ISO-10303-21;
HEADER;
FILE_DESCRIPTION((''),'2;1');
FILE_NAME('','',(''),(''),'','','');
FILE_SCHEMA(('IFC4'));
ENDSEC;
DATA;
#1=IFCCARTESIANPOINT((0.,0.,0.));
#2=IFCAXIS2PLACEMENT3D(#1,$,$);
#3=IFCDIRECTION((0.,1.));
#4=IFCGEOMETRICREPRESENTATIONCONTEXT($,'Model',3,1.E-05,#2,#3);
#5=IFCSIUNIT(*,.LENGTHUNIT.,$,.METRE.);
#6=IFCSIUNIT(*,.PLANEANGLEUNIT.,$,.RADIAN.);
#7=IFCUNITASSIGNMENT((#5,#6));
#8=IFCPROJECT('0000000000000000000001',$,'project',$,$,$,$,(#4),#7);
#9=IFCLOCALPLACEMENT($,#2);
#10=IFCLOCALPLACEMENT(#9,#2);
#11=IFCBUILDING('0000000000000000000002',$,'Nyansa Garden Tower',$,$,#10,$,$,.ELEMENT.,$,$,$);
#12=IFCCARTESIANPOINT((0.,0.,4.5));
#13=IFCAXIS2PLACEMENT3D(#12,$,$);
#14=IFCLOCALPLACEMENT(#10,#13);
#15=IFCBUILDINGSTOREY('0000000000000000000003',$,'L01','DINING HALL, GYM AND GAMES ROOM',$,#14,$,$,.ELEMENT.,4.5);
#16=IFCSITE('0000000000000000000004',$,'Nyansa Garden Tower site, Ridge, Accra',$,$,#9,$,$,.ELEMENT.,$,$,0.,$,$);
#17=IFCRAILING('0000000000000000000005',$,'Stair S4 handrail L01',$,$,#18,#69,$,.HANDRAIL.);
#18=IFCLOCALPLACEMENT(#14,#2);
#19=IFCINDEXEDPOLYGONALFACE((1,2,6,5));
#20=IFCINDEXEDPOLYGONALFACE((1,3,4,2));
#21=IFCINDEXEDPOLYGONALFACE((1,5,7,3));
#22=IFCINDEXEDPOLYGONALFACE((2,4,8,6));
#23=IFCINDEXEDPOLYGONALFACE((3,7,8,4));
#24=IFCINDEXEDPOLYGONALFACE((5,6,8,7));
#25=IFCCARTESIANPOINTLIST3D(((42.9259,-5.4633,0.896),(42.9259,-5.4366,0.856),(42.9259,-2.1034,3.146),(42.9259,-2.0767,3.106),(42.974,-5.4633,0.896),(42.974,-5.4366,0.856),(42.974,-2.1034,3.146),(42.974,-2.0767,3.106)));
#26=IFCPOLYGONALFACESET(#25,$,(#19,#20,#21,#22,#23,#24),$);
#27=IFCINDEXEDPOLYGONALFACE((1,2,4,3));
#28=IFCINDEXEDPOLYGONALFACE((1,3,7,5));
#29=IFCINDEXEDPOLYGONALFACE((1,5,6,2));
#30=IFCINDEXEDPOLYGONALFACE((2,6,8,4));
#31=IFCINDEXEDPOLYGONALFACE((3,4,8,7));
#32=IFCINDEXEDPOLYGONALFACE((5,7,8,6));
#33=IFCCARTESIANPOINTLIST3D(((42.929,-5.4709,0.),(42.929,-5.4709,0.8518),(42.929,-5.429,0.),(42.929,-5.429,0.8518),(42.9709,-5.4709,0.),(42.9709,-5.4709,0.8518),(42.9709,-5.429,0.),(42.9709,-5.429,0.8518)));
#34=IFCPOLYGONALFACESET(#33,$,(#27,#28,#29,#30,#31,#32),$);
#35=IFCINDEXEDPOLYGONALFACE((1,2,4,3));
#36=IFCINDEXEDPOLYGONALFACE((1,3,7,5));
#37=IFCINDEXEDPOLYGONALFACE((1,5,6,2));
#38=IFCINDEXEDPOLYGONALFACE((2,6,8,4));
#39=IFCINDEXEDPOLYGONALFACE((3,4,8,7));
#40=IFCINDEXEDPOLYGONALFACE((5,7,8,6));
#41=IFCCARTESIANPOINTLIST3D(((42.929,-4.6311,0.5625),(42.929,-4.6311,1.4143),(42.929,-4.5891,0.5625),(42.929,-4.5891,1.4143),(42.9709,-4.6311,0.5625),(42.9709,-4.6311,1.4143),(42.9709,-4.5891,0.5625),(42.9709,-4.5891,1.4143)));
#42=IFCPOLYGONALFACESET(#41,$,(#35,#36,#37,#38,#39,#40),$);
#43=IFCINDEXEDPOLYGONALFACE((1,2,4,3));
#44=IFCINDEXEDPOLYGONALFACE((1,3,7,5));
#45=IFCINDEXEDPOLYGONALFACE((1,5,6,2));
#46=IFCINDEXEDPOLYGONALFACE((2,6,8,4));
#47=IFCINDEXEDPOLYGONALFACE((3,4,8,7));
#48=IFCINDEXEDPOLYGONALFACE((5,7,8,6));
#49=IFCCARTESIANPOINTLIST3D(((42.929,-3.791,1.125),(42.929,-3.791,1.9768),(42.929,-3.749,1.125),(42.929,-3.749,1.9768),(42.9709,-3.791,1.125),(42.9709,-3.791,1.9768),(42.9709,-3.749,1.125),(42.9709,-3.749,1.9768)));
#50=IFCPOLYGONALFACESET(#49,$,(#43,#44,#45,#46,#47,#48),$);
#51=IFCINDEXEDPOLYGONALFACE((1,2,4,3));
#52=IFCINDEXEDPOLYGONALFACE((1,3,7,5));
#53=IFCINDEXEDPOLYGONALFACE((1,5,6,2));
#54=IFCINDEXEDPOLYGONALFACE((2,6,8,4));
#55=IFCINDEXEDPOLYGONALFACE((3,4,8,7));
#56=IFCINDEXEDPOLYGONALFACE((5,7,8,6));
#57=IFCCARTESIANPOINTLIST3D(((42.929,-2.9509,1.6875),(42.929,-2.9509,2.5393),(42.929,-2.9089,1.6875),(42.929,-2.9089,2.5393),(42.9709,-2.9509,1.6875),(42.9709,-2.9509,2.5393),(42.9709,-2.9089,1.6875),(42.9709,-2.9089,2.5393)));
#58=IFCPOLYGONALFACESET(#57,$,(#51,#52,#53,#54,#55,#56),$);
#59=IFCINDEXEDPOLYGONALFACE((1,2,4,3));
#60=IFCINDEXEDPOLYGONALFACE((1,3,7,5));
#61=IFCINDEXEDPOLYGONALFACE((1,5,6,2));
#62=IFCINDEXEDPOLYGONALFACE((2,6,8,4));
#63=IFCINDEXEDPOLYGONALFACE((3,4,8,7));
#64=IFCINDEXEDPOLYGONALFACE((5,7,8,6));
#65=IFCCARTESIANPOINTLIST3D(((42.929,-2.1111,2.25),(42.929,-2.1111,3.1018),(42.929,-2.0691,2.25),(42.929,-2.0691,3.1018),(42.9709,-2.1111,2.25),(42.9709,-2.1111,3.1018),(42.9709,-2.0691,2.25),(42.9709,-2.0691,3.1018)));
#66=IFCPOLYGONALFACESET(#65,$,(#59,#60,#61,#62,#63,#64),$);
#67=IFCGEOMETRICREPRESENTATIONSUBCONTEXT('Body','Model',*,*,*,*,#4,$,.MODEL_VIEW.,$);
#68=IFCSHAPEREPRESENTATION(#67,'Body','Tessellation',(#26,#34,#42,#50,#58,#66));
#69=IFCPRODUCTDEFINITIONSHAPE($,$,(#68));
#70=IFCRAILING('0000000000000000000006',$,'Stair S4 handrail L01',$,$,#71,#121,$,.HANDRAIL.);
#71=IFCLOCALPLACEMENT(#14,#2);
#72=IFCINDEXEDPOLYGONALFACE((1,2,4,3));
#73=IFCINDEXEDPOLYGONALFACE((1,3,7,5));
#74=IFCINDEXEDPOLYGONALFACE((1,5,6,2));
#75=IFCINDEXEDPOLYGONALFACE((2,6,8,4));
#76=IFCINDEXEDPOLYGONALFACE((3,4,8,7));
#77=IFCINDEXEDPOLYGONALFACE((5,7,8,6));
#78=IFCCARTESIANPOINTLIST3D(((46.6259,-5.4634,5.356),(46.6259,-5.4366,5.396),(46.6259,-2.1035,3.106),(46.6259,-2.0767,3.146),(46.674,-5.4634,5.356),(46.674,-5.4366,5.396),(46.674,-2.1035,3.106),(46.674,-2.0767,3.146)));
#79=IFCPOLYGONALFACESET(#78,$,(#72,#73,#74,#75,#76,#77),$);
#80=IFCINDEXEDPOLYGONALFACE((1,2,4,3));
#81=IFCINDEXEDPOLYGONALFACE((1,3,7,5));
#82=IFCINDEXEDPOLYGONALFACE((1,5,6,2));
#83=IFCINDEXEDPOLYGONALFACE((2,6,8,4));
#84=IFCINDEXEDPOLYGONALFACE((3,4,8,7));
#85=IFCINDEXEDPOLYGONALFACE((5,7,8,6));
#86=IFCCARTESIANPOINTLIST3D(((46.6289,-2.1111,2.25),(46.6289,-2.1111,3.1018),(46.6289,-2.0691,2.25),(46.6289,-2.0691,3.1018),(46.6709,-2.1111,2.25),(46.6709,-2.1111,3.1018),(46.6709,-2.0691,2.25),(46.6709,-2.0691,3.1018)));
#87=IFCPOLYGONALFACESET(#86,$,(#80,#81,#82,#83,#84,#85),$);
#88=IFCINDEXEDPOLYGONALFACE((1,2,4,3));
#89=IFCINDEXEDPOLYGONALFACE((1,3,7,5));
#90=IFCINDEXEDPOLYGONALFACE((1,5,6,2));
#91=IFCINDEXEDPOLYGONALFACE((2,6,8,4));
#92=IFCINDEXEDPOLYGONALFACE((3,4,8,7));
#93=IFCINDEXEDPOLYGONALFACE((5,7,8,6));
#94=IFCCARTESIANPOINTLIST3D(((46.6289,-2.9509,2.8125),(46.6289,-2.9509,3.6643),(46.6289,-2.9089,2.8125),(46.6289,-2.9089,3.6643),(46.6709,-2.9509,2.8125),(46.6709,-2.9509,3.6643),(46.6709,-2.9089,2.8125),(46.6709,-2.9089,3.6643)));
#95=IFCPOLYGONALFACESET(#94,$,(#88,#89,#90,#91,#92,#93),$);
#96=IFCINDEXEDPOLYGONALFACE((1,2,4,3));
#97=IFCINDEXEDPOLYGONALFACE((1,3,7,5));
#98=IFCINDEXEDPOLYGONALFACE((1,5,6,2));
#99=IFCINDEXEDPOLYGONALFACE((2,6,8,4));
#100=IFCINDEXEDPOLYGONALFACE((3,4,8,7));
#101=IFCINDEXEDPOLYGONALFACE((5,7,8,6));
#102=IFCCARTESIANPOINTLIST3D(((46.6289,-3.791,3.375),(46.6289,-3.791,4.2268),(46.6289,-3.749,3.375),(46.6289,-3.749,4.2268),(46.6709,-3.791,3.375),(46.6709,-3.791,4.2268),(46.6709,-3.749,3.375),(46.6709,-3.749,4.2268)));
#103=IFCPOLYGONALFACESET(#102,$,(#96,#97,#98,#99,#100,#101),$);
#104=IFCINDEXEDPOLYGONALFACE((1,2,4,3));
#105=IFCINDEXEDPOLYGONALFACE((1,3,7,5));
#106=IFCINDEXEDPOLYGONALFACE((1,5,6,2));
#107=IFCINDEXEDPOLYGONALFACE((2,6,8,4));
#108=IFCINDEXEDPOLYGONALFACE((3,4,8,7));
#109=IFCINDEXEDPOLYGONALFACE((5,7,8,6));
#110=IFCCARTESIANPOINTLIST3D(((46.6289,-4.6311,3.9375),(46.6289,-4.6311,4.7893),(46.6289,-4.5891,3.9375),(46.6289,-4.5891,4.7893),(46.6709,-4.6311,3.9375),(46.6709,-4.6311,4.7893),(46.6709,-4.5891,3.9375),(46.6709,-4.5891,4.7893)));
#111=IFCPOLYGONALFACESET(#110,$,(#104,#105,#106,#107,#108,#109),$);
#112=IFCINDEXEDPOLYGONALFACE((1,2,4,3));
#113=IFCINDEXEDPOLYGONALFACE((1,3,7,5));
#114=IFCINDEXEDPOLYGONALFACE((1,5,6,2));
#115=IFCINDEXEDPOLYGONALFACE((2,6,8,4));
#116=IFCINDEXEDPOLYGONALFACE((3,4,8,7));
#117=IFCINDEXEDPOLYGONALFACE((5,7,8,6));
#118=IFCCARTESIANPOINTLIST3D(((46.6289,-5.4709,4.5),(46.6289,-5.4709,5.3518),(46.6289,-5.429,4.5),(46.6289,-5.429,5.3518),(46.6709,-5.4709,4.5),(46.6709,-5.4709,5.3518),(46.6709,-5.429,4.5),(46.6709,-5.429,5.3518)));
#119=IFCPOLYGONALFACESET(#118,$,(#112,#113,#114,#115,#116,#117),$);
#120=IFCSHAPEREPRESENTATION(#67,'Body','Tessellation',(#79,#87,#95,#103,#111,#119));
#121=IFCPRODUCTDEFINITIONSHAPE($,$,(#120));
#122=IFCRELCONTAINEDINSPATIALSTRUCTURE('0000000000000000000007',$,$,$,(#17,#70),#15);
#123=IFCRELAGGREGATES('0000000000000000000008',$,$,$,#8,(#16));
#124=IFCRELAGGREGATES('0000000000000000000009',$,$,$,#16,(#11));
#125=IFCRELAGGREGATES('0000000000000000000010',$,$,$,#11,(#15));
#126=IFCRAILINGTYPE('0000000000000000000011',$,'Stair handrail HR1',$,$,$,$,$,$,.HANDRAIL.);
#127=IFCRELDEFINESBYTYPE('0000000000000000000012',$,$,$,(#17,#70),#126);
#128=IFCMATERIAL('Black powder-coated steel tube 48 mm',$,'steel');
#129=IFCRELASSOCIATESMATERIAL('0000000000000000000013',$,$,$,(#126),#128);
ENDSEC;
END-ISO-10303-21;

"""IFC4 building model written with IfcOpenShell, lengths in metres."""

from ifc_helpers import new_model, si_unit, direction, frame, origin, origin_2d, place, context, subcontext, project, spatial, rectangle, extrude, material, type_object, element, save


model = new_model("IFC4")

# Units and contexts
model_context = context("Model", 3, precision=1e-05, world=origin(), true_north=direction((0.0, 1.0)))
body_context = subcontext(model_context, "Body", "Model", "MODEL_VIEW")
ifc_project = project(units=[si_unit("LENGTHUNIT", "METRE"), si_unit("PLANEANGLEUNIT", "RADIAN")], contexts=[model_context])

# Site, building, storey
site_placement = place(None, origin())
site = spatial("IfcSite", under=ifc_project, at=site_placement, Name="Nyansa Garden Tower site, Ridge, Accra", CompositionType="ELEMENT", RefElevation=0.0)
building_placement = place(site_placement, origin())
building = spatial("IfcBuilding", under=site, at=building_placement, Name="Nyansa Garden Tower", CompositionType="ELEMENT")
storey_placement = place(building_placement, frame((0.0, 0.0, 4.5)))
storey = spatial("IfcBuildingStorey", under=building, at=storey_placement, Name="L01", Description="DINING HALL, GYM AND GAMES ROOM", CompositionType="ELEMENT", Elevation=4.5)

# Railings
ifc_material_1 = material(Name="Black powder-coated steel tube 48 mm", Category="steel")
railing_type = type_object("IfcRailingType", Name="Stair handrail HR1", PredefinedType="HANDRAIL", material=ifc_material_1)
railing_1_placement = place(storey_placement, frame((42.95, -5.45, 0.0)))
element("IfcRailing", 1, at=railing_1_placement, inside=storey, type_object=railing_type, Name="Stair S4 handrail L01", PredefinedType="HANDRAIL", context=body_context, shape_type="SweptSolid", body=[
    extrude(rectangle(XDim=0.0481, YDim=0.0481, at=origin_2d()), frame((0.0, 0.0, 0.876), z_axis=(0.0, 0.830897, 0.556427), x_axis=(-1.0, 0.0, 0.0)), (0.0, 0.0, 1.0), 4.0437),
    extrude(rectangle(XDim=0.042, YDim=0.042, at=origin_2d()), origin(), (0.0, 0.0, 1.0), 0.8518),
    extrude(rectangle(XDim=0.042, YDim=0.042, at=origin_2d()), frame((0.0, 0.8398, 0.5625)), (0.0, 0.0, 1.0), 0.8518),
    extrude(rectangle(XDim=0.042, YDim=0.042, at=origin_2d()), frame((0.0, 1.6799, 1.125)), (0.0, 0.0, 1.0), 0.8518),
    extrude(rectangle(XDim=0.042, YDim=0.042, at=origin_2d()), frame((0.0, 2.52, 1.6875)), (0.0, 0.0, 1.0), 0.8518),
    extrude(rectangle(XDim=0.042, YDim=0.042, at=origin_2d()), frame((0.0, 3.3599, 2.25)), (0.0, 0.0, 1.0), 0.8518),
])
railing_2_placement = place(storey_placement, frame((46.6499, -2.0901, 2.25)))
element("IfcRailing", 2, at=railing_2_placement, inside=storey, type_object=railing_type, Name="Stair S4 handrail L01", PredefinedType="HANDRAIL", context=body_context, shape_type="SweptSolid", body=[
    extrude(rectangle(XDim=0.0481, YDim=0.0481, at=origin_2d()), frame((0.0, 0.0, 0.876), z_axis=(0.0, -0.830897, 0.556427), x_axis=(1.0, 0.0, 0.0)), (0.0, 0.0, 1.0), 4.0437),
    extrude(rectangle(XDim=0.042, YDim=0.042, at=origin_2d()), origin(), (0.0, 0.0, 1.0), 0.8518),
    extrude(rectangle(XDim=0.042, YDim=0.042, at=origin_2d()), frame((0.0, -0.8398, 0.5625)), (0.0, 0.0, 1.0), 0.8518),
    extrude(rectangle(XDim=0.042, YDim=0.042, at=origin_2d()), frame((0.0, -1.6799, 1.125)), (0.0, 0.0, 1.0), 0.8518),
    extrude(rectangle(XDim=0.042, YDim=0.042, at=origin_2d()), frame((0.0, -2.52, 1.6875)), (0.0, 0.0, 1.0), 0.8518),
    extrude(rectangle(XDim=0.042, YDim=0.042, at=origin_2d()), frame((0.0, -3.3599, 2.25)), (0.0, 0.0, 1.0), 0.8518),
])

save(model, "model.ifc")
